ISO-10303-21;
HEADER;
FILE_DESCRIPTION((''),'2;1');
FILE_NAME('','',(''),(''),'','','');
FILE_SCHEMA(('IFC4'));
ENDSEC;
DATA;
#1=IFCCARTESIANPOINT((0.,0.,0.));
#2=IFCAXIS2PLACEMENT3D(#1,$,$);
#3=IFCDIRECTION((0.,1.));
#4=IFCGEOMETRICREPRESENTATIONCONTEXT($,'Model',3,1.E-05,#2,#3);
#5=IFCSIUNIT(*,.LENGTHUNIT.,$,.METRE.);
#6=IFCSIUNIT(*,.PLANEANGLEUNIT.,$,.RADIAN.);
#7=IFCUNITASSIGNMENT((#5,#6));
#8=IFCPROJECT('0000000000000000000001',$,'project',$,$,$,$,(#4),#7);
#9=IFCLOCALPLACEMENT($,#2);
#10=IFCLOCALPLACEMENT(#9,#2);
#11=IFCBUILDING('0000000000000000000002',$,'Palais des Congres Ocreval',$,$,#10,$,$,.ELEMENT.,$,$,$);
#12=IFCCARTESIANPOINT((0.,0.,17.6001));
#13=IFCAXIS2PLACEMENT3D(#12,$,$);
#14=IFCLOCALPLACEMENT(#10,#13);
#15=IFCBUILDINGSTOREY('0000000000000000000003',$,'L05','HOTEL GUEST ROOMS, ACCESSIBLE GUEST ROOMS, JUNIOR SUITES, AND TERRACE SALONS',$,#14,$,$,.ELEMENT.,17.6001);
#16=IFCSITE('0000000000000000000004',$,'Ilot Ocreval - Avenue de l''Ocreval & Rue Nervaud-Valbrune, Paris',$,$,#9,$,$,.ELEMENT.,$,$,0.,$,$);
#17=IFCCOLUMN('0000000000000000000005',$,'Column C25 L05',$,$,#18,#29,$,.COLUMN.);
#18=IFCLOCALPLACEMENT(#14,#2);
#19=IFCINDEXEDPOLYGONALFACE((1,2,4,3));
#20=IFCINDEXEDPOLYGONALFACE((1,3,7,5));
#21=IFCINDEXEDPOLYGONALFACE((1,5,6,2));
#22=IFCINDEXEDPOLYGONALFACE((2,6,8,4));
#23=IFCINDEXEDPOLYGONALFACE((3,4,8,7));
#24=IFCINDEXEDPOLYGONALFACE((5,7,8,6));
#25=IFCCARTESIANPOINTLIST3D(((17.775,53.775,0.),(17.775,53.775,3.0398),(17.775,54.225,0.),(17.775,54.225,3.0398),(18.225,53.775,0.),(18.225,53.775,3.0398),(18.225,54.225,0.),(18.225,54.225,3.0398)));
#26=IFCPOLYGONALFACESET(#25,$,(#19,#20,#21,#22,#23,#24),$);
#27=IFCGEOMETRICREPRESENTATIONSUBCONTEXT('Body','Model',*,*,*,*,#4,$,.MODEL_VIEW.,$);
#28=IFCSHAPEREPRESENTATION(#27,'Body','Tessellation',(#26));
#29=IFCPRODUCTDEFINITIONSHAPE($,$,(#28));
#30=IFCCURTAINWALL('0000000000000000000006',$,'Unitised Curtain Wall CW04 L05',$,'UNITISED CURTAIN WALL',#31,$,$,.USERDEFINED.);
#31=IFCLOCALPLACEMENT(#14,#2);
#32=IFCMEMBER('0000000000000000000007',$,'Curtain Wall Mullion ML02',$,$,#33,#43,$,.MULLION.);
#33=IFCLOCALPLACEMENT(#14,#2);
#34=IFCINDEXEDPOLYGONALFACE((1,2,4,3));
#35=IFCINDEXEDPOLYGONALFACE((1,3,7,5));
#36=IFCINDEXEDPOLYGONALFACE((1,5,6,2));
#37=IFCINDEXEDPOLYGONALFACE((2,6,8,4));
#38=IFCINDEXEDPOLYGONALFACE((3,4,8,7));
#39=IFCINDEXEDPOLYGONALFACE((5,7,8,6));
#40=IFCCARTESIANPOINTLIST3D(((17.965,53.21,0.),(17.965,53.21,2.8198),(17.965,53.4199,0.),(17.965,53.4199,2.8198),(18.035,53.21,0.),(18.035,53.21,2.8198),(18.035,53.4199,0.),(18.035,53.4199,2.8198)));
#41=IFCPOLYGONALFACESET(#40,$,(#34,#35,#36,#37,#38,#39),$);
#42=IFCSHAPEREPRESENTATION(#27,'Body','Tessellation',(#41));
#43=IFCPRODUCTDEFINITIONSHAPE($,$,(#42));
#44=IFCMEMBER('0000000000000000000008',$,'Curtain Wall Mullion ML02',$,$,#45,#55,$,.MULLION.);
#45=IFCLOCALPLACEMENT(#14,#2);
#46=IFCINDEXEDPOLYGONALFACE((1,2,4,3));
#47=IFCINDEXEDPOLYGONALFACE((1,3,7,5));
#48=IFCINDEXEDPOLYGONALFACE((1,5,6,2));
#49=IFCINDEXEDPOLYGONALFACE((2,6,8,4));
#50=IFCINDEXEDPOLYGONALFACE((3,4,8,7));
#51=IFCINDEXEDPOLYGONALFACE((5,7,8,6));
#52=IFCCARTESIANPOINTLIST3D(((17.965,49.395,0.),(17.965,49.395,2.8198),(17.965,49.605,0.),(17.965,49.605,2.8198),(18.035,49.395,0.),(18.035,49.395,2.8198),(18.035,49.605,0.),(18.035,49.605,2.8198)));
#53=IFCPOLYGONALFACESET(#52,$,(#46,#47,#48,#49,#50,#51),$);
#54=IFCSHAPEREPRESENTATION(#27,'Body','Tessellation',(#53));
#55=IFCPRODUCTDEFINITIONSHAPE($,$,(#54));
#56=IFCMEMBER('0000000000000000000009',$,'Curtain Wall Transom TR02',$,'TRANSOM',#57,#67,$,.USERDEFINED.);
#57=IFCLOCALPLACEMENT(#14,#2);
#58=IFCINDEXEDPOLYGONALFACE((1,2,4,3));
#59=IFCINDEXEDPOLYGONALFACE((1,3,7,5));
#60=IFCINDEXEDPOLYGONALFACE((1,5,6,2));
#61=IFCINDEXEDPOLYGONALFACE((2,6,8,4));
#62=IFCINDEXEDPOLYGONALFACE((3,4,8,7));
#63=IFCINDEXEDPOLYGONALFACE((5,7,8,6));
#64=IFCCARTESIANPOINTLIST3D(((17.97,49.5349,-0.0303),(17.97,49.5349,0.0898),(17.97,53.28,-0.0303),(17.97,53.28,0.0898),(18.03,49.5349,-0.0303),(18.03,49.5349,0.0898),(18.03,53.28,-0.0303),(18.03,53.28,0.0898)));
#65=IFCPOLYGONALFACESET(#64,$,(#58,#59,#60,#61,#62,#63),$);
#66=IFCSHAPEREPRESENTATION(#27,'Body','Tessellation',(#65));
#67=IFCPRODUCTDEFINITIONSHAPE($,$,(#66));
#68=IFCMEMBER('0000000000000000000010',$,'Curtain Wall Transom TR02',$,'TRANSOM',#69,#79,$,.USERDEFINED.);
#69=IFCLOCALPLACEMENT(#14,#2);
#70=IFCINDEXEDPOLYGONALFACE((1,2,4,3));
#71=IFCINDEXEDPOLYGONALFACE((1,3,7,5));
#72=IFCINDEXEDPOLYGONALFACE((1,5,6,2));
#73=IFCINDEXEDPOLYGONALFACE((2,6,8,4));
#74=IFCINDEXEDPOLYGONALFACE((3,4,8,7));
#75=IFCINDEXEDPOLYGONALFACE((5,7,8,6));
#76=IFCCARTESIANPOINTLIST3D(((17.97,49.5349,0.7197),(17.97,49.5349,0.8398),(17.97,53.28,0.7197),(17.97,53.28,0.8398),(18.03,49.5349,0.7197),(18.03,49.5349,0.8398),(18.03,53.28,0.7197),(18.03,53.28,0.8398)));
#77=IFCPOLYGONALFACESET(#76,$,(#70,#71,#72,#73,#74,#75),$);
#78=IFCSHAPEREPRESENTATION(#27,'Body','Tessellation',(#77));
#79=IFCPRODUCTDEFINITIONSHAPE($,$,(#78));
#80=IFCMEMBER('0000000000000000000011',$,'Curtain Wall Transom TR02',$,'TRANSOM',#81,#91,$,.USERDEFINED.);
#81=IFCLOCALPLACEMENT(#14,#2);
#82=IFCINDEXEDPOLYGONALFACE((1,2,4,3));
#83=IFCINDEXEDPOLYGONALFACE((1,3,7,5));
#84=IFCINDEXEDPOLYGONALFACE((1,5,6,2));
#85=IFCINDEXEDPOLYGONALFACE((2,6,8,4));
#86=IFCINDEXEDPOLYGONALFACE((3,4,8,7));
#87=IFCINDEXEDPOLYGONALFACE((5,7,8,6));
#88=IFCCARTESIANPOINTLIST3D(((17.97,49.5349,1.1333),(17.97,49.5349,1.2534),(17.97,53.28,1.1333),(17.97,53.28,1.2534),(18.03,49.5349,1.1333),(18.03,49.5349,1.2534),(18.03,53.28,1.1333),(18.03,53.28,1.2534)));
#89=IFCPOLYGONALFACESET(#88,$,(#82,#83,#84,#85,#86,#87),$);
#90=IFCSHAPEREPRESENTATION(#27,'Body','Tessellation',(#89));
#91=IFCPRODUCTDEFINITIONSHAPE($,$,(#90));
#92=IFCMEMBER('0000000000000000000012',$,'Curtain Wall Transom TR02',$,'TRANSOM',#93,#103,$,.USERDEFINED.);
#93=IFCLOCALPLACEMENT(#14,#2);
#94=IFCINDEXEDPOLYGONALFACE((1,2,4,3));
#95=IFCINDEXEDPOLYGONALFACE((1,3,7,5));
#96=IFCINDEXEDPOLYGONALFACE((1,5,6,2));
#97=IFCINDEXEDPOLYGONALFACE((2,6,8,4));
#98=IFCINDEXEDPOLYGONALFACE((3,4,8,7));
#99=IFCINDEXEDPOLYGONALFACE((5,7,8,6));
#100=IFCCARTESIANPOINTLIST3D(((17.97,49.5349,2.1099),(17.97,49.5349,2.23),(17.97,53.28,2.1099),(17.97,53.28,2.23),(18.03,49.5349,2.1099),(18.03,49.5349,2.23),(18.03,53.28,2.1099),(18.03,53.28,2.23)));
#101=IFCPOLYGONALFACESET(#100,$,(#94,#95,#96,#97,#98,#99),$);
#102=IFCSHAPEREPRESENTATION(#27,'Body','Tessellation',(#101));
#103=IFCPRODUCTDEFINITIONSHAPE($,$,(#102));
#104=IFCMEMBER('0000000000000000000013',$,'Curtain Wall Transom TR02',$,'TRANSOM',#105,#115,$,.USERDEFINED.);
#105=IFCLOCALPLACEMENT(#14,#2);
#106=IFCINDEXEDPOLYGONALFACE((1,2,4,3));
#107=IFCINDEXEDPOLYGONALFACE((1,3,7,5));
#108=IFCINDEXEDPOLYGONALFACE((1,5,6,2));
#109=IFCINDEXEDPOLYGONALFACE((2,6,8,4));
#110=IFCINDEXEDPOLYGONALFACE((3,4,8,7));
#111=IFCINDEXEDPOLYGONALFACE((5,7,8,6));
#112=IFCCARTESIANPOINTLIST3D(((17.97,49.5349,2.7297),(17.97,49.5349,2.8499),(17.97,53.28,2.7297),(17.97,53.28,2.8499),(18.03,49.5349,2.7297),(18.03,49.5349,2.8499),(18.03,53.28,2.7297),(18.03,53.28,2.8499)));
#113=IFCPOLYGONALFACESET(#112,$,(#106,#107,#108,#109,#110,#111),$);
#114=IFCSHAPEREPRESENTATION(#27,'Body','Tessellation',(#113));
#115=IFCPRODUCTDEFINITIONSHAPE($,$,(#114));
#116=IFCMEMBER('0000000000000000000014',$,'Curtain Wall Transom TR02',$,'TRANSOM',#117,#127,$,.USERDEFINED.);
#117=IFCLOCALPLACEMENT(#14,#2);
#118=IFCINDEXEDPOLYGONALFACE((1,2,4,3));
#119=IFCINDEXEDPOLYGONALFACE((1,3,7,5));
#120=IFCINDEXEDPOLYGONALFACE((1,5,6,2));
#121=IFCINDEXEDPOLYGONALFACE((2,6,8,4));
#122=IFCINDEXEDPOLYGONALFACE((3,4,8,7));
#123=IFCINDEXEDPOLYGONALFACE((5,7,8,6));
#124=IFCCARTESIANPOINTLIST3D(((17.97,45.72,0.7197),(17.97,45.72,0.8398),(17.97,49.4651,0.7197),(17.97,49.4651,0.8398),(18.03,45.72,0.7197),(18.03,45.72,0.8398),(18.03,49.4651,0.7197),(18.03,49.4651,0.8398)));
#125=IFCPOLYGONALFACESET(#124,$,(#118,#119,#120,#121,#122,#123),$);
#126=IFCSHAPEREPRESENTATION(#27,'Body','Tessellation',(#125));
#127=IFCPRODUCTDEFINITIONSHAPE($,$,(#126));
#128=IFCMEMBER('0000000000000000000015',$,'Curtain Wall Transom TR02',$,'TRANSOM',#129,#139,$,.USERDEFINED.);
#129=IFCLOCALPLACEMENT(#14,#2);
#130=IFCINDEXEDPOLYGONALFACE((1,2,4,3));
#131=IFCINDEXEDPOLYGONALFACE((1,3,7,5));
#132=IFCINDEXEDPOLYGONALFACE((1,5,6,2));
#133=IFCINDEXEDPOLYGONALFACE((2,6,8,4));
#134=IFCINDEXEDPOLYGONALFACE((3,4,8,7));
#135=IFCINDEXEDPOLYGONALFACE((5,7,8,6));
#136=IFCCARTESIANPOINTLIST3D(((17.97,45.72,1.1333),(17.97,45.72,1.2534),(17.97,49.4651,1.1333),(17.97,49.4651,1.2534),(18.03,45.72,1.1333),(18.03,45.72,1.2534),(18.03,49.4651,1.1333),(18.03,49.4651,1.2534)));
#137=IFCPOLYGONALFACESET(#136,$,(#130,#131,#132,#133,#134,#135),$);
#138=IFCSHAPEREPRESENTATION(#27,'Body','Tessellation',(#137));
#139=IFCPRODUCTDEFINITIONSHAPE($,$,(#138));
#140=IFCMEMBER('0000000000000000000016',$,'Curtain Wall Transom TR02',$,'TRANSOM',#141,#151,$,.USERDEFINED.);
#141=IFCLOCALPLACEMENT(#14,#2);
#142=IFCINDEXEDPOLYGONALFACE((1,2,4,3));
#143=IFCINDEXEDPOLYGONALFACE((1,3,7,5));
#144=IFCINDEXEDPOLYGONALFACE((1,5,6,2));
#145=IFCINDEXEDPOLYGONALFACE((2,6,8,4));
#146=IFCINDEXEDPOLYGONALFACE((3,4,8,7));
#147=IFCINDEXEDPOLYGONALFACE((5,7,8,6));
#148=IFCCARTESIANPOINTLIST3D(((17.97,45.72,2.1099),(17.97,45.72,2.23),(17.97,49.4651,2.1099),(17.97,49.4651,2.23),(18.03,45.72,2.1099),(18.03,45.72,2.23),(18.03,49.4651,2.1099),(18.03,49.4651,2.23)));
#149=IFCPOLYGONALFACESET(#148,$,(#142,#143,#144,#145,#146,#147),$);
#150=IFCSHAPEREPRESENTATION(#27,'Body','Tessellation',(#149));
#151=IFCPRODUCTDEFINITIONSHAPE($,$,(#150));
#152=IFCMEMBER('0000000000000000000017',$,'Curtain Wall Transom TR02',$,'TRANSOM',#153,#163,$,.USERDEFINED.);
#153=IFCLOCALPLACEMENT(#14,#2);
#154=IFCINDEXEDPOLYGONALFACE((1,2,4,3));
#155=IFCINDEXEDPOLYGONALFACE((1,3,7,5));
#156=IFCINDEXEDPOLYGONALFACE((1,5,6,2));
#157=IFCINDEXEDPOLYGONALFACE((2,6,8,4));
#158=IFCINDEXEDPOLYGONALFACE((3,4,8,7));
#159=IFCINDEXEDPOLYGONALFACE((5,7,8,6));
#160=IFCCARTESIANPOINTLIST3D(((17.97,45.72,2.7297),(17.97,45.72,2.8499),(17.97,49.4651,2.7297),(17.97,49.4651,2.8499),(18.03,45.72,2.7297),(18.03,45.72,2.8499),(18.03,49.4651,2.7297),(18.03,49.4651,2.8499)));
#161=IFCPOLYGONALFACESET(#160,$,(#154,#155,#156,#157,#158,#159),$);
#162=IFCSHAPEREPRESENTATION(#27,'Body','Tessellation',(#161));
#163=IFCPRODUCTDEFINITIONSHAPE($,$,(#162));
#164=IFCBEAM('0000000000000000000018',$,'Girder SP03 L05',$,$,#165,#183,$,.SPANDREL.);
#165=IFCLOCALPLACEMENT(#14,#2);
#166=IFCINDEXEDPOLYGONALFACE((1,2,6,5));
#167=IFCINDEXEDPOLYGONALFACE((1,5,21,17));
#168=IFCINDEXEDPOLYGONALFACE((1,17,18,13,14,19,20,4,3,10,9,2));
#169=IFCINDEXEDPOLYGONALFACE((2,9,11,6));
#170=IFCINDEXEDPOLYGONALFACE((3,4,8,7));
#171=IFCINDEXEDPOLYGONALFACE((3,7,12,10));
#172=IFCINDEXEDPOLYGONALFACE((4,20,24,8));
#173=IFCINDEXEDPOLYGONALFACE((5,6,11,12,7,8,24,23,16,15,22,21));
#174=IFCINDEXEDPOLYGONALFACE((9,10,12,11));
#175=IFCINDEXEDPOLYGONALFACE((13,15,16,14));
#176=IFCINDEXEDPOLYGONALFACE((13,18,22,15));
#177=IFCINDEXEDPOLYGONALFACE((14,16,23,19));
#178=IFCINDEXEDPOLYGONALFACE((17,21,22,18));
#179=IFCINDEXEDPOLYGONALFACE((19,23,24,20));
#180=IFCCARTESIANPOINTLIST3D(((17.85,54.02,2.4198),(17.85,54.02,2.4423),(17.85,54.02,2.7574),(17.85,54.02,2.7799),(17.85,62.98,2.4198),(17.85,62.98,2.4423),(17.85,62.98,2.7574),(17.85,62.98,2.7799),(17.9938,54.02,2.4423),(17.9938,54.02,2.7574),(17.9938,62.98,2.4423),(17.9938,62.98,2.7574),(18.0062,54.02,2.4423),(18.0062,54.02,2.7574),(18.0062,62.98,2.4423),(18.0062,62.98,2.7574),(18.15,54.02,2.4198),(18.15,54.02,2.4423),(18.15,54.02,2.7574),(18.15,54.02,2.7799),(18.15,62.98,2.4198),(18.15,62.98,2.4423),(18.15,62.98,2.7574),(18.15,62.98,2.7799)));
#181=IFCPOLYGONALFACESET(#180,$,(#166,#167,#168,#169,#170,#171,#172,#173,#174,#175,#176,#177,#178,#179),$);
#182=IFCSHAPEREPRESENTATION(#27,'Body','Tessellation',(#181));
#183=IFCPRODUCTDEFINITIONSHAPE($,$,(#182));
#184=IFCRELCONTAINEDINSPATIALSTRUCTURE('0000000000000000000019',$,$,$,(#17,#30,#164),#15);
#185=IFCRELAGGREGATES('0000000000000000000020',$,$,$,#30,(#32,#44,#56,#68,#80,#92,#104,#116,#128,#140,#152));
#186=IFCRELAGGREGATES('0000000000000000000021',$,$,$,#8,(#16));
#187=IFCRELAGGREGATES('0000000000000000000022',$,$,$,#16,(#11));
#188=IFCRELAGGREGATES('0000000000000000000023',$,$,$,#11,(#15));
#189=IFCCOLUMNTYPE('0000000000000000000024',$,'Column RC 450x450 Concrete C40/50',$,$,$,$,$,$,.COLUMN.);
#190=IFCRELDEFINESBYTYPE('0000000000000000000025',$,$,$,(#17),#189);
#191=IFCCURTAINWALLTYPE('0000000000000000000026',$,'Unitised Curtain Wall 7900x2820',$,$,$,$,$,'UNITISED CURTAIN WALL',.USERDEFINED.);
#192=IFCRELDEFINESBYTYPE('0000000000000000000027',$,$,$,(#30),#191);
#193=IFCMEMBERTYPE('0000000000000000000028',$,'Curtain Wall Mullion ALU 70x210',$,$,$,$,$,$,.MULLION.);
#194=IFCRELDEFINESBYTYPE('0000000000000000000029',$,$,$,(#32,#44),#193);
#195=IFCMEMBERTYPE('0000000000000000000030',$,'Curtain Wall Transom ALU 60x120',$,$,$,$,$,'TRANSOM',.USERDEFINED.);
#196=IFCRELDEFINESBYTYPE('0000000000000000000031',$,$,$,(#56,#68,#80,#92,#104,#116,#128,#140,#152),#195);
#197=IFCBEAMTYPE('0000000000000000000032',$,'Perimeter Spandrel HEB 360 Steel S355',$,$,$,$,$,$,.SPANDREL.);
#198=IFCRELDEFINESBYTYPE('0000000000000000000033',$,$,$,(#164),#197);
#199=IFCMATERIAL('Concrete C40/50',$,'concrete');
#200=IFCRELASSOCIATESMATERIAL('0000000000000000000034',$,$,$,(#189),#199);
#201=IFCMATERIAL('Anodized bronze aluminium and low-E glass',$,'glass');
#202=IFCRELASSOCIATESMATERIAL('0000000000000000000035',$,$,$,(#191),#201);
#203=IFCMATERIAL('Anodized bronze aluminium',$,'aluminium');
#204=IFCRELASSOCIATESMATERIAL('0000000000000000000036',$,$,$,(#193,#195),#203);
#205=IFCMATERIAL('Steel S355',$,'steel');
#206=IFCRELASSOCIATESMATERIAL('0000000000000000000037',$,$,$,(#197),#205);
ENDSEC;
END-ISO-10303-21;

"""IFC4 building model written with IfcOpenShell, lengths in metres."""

from ifc_helpers import new_model, si_unit, direction, frame, origin, origin_2d, place, context, subcontext, project, spatial, rectangle, i_section, extrude, material, material_profile, profile_set, type_object, element, aggregate, save


model = new_model("IFC4")

# Units and contexts
model_context = context("Model", 3, precision=1e-05, world=origin(), true_north=direction((0.0, 1.0)))
body_context = subcontext(model_context, "Body", "Model", "MODEL_VIEW")
ifc_project = project(units=[si_unit("LENGTHUNIT", "METRE"), si_unit("PLANEANGLEUNIT", "RADIAN")], contexts=[model_context])

# Site, building, storey
site_placement = place(None, origin())
site = spatial("IfcSite", under=ifc_project, at=site_placement, Name="Ilot Ocreval - Avenue de l'Ocreval & Rue Nervaud-Valbrune, Paris", CompositionType="ELEMENT", RefElevation=0.0)
building_placement = place(site_placement, origin())
building = spatial("IfcBuilding", under=site, at=building_placement, Name="Palais des Congres Ocreval", CompositionType="ELEMENT")
storey_placement = place(building_placement, frame((0.0, 0.0, 17.6001)))
storey = spatial("IfcBuildingStorey", under=building, at=storey_placement, Name="L05", Description="HOTEL GUEST ROOMS, ACCESSIBLE GUEST ROOMS, JUNIOR SUITES, AND TERRACE SALONS", CompositionType="ELEMENT", Elevation=17.6001)

# Column
ifc_material_1 = material(Name="Concrete C40/50", Category="concrete")
ifc_material_profile_1 = material_profile(ifc_material_1, rectangle(XDim=0.45, YDim=0.45, at=origin_2d()), Name="RC 450x450")
ifc_profile_set_1 = profile_set([ifc_material_profile_1], Name="Concrete C40/50")
column_type = type_object("IfcColumnType", Name="Column RC 450x450 Concrete C40/50", PredefinedType="COLUMN", material=ifc_profile_set_1)
column_placement = place(storey_placement, frame((18.0, 54.0, 0.0), z_axis=(0.0, 0.0, 1.0), x_axis=(1.0, 0.0, 0.0)))
element("IfcColumn", 1, at=column_placement, inside=storey, type_object=column_type, Name="Column C25 L05", PredefinedType="COLUMN", context=body_context, shape_type="SweptSolid", body=[
    extrude(rectangle(XDim=0.45, YDim=0.45, at=origin_2d()), origin(), (0.0, 0.0, 1.0), 3.0398),
])

# Curtain wall, members
ifc_material_2 = material(Name="Anodized bronze aluminium and low-E glass", Category="glass")
curtain_wall_type = type_object("IfcCurtainWallType", Name="Unitised Curtain Wall 7900x2820", ElementType="UNITISED CURTAIN WALL", PredefinedType="USERDEFINED", material=ifc_material_2)
curtain_wall_placement = place(storey_placement, origin())
curtain_wall = element("IfcCurtainWall", 2, at=curtain_wall_placement, inside=storey, type_object=curtain_wall_type, Name="Unitised Curtain Wall CW04 L05", ObjectType="UNITISED CURTAIN WALL", PredefinedType="USERDEFINED")
ifc_material_3 = material(Name="Anodized bronze aluminium", Category="aluminium")
ifc_material_profile_2 = material_profile(ifc_material_3, rectangle(XDim=0.0701, YDim=0.21, at=origin_2d()), Name="ALU 70x210")
ifc_profile_set_2 = profile_set([ifc_material_profile_2], Name="Anodized bronze aluminium")
member_type_1 = type_object("IfcMemberType", Name="Curtain Wall Mullion ALU 70x210", PredefinedType="MULLION", material=ifc_profile_set_2)
member_1_placement = place(storey_placement, frame((18.0, 53.3149, 0.0), z_axis=(0.0, 0.0, 1.0), x_axis=(1.0, 0.0, 0.0)))
member_1 = element("IfcMember", 3, at=member_1_placement, type_object=member_type_1, Name="Curtain Wall Mullion ML02", PredefinedType="MULLION", context=body_context, shape_type="SweptSolid", body=[
    extrude(rectangle(XDim=0.0701, YDim=0.21, at=origin_2d()), origin(), (0.0, 0.0, 1.0), 2.8198),
])
member_2_placement = place(storey_placement, frame((18.0, 49.5, 0.0), z_axis=(0.0, 0.0, 1.0), x_axis=(1.0, 0.0, 0.0)))
member_2 = element("IfcMember", 4, at=member_2_placement, type_object=member_type_1, Name="Curtain Wall Mullion ML02", PredefinedType="MULLION", context=body_context, shape_type="SweptSolid", body=[
    extrude(rectangle(XDim=0.0701, YDim=0.21, at=origin_2d()), origin(), (0.0, 0.0, 1.0), 2.8198),
])
ifc_material_profile_3 = material_profile(ifc_material_3, rectangle(XDim=0.0601, YDim=0.1201, at=origin_2d()), Name="ALU 60x120")
ifc_profile_set_3 = profile_set([ifc_material_profile_3], Name="Anodized bronze aluminium")
member_type_2 = type_object("IfcMemberType", Name="Curtain Wall Transom ALU 60x120", ElementType="TRANSOM", PredefinedType="USERDEFINED", material=ifc_profile_set_3)
member_3_placement = place(storey_placement, frame((18.0, 53.28, 0.0298), z_axis=(0.0, -1.0, 0.0), x_axis=(1.0, 0.0, 0.0)))
member_3 = element("IfcMember", 5, at=member_3_placement, type_object=member_type_2, Name="Curtain Wall Transom TR02", ObjectType="TRANSOM", PredefinedType="USERDEFINED", context=body_context, shape_type="SweptSolid", body=[
    extrude(rectangle(XDim=0.0601, YDim=0.1201, at=origin_2d()), origin(), (0.0, 0.0, 1.0), 3.7451),
])
member_4_placement = place(storey_placement, frame((18.0, 53.28, 0.7798), z_axis=(0.0, -1.0, 0.0), x_axis=(1.0, 0.0, 0.0)))
member_4 = element("IfcMember", 6, at=member_4_placement, type_object=member_type_2, Name="Curtain Wall Transom TR02", ObjectType="TRANSOM", PredefinedType="USERDEFINED", context=body_context, shape_type="SweptSolid", body=[
    extrude(rectangle(XDim=0.0601, YDim=0.1201, at=origin_2d()), origin(), (0.0, 0.0, 1.0), 3.7451),
])
member_5_placement = place(storey_placement, frame((18.0, 53.28, 1.1934), z_axis=(0.0, -1.0, 0.0), x_axis=(1.0, 0.0, 0.0)))
member_5 = element("IfcMember", 7, at=member_5_placement, type_object=member_type_2, Name="Curtain Wall Transom TR02", ObjectType="TRANSOM", PredefinedType="USERDEFINED", context=body_context, shape_type="SweptSolid", body=[
    extrude(rectangle(XDim=0.0601, YDim=0.1201, at=origin_2d()), origin(), (0.0, 0.0, 1.0), 3.7451),
])
member_6_placement = place(storey_placement, frame((18.0, 53.28, 2.1699), z_axis=(0.0, -1.0, 0.0), x_axis=(1.0, 0.0, 0.0)))
member_6 = element("IfcMember", 8, at=member_6_placement, type_object=member_type_2, Name="Curtain Wall Transom TR02", ObjectType="TRANSOM", PredefinedType="USERDEFINED", context=body_context, shape_type="SweptSolid", body=[
    extrude(rectangle(XDim=0.0601, YDim=0.1201, at=origin_2d()), origin(), (0.0, 0.0, 1.0), 3.7451),
])
member_7_placement = place(storey_placement, frame((18.0, 53.28, 2.7898), z_axis=(0.0, -1.0, 0.0), x_axis=(1.0, 0.0, 0.0)))
member_7 = element("IfcMember", 9, at=member_7_placement, type_object=member_type_2, Name="Curtain Wall Transom TR02", ObjectType="TRANSOM", PredefinedType="USERDEFINED", context=body_context, shape_type="SweptSolid", body=[
    extrude(rectangle(XDim=0.0601, YDim=0.1201, at=origin_2d()), origin(), (0.0, 0.0, 1.0), 3.7451),
])
member_8_placement = place(storey_placement, frame((18.0, 49.4651, 0.7798), z_axis=(0.0, -1.0, 0.0), x_axis=(1.0, 0.0, 0.0)))
member_8 = element("IfcMember", 10, at=member_8_placement, type_object=member_type_2, Name="Curtain Wall Transom TR02", ObjectType="TRANSOM", PredefinedType="USERDEFINED", context=body_context, shape_type="SweptSolid", body=[
    extrude(rectangle(XDim=0.0601, YDim=0.1201, at=origin_2d()), origin(), (0.0, 0.0, 1.0), 3.7451),
])
member_9_placement = place(storey_placement, frame((18.0, 49.4651, 1.1934), z_axis=(0.0, -1.0, 0.0), x_axis=(1.0, 0.0, 0.0)))
member_9 = element("IfcMember", 11, at=member_9_placement, type_object=member_type_2, Name="Curtain Wall Transom TR02", ObjectType="TRANSOM", PredefinedType="USERDEFINED", context=body_context, shape_type="SweptSolid", body=[
    extrude(rectangle(XDim=0.0601, YDim=0.1201, at=origin_2d()), origin(), (0.0, 0.0, 1.0), 3.7451),
])
member_10_placement = place(storey_placement, frame((18.0, 49.4651, 2.1699), z_axis=(0.0, -1.0, 0.0), x_axis=(1.0, 0.0, 0.0)))
member_10 = element("IfcMember", 12, at=member_10_placement, type_object=member_type_2, Name="Curtain Wall Transom TR02", ObjectType="TRANSOM", PredefinedType="USERDEFINED", context=body_context, shape_type="SweptSolid", body=[
    extrude(rectangle(XDim=0.0601, YDim=0.1201, at=origin_2d()), origin(), (0.0, 0.0, 1.0), 3.7451),
])
member_11_placement = place(storey_placement, frame((18.0, 49.4651, 2.7898), z_axis=(0.0, -1.0, 0.0), x_axis=(1.0, 0.0, 0.0)))
member_11 = element("IfcMember", 13, at=member_11_placement, type_object=member_type_2, Name="Curtain Wall Transom TR02", ObjectType="TRANSOM", PredefinedType="USERDEFINED", context=body_context, shape_type="SweptSolid", body=[
    extrude(rectangle(XDim=0.0601, YDim=0.1201, at=origin_2d()), origin(), (0.0, 0.0, 1.0), 3.7451),
])

# Beam
ifc_material_4 = material(Name="Steel S355", Category="steel")
ifc_material_profile_4 = material_profile(ifc_material_4, i_section(OverallWidth=0.3, OverallDepth=0.3601, WebThickness=0.0125, FlangeThickness=0.0225, at=origin_2d()), Name="HEB 360")
ifc_profile_set_4 = profile_set([ifc_material_profile_4], Name="Steel S355")
beam_type = type_object("IfcBeamType", Name="Perimeter Spandrel HEB 360 Steel S355", PredefinedType="SPANDREL", material=ifc_profile_set_4)
beam_placement = place(storey_placement, frame((18.0, 54.02, 2.5999), z_axis=(0.0, 1.0, 0.0), x_axis=(-1.0, 0.0, 0.0)))
element("IfcBeam", 14, at=beam_placement, inside=storey, type_object=beam_type, Name="Girder SP03 L05", PredefinedType="SPANDREL", context=body_context, shape_type="SweptSolid", body=[
    extrude(i_section(OverallWidth=0.3, OverallDepth=0.3601, WebThickness=0.0125, FlangeThickness=0.0225, at=origin_2d()), origin(), (0.0, 0.0, 1.0), 8.96),
])

aggregate(curtain_wall, [member_1, member_2, member_3, member_4, member_5, member_6, member_7, member_8, member_9, member_10, member_11])

save(model, "model.ifc")
